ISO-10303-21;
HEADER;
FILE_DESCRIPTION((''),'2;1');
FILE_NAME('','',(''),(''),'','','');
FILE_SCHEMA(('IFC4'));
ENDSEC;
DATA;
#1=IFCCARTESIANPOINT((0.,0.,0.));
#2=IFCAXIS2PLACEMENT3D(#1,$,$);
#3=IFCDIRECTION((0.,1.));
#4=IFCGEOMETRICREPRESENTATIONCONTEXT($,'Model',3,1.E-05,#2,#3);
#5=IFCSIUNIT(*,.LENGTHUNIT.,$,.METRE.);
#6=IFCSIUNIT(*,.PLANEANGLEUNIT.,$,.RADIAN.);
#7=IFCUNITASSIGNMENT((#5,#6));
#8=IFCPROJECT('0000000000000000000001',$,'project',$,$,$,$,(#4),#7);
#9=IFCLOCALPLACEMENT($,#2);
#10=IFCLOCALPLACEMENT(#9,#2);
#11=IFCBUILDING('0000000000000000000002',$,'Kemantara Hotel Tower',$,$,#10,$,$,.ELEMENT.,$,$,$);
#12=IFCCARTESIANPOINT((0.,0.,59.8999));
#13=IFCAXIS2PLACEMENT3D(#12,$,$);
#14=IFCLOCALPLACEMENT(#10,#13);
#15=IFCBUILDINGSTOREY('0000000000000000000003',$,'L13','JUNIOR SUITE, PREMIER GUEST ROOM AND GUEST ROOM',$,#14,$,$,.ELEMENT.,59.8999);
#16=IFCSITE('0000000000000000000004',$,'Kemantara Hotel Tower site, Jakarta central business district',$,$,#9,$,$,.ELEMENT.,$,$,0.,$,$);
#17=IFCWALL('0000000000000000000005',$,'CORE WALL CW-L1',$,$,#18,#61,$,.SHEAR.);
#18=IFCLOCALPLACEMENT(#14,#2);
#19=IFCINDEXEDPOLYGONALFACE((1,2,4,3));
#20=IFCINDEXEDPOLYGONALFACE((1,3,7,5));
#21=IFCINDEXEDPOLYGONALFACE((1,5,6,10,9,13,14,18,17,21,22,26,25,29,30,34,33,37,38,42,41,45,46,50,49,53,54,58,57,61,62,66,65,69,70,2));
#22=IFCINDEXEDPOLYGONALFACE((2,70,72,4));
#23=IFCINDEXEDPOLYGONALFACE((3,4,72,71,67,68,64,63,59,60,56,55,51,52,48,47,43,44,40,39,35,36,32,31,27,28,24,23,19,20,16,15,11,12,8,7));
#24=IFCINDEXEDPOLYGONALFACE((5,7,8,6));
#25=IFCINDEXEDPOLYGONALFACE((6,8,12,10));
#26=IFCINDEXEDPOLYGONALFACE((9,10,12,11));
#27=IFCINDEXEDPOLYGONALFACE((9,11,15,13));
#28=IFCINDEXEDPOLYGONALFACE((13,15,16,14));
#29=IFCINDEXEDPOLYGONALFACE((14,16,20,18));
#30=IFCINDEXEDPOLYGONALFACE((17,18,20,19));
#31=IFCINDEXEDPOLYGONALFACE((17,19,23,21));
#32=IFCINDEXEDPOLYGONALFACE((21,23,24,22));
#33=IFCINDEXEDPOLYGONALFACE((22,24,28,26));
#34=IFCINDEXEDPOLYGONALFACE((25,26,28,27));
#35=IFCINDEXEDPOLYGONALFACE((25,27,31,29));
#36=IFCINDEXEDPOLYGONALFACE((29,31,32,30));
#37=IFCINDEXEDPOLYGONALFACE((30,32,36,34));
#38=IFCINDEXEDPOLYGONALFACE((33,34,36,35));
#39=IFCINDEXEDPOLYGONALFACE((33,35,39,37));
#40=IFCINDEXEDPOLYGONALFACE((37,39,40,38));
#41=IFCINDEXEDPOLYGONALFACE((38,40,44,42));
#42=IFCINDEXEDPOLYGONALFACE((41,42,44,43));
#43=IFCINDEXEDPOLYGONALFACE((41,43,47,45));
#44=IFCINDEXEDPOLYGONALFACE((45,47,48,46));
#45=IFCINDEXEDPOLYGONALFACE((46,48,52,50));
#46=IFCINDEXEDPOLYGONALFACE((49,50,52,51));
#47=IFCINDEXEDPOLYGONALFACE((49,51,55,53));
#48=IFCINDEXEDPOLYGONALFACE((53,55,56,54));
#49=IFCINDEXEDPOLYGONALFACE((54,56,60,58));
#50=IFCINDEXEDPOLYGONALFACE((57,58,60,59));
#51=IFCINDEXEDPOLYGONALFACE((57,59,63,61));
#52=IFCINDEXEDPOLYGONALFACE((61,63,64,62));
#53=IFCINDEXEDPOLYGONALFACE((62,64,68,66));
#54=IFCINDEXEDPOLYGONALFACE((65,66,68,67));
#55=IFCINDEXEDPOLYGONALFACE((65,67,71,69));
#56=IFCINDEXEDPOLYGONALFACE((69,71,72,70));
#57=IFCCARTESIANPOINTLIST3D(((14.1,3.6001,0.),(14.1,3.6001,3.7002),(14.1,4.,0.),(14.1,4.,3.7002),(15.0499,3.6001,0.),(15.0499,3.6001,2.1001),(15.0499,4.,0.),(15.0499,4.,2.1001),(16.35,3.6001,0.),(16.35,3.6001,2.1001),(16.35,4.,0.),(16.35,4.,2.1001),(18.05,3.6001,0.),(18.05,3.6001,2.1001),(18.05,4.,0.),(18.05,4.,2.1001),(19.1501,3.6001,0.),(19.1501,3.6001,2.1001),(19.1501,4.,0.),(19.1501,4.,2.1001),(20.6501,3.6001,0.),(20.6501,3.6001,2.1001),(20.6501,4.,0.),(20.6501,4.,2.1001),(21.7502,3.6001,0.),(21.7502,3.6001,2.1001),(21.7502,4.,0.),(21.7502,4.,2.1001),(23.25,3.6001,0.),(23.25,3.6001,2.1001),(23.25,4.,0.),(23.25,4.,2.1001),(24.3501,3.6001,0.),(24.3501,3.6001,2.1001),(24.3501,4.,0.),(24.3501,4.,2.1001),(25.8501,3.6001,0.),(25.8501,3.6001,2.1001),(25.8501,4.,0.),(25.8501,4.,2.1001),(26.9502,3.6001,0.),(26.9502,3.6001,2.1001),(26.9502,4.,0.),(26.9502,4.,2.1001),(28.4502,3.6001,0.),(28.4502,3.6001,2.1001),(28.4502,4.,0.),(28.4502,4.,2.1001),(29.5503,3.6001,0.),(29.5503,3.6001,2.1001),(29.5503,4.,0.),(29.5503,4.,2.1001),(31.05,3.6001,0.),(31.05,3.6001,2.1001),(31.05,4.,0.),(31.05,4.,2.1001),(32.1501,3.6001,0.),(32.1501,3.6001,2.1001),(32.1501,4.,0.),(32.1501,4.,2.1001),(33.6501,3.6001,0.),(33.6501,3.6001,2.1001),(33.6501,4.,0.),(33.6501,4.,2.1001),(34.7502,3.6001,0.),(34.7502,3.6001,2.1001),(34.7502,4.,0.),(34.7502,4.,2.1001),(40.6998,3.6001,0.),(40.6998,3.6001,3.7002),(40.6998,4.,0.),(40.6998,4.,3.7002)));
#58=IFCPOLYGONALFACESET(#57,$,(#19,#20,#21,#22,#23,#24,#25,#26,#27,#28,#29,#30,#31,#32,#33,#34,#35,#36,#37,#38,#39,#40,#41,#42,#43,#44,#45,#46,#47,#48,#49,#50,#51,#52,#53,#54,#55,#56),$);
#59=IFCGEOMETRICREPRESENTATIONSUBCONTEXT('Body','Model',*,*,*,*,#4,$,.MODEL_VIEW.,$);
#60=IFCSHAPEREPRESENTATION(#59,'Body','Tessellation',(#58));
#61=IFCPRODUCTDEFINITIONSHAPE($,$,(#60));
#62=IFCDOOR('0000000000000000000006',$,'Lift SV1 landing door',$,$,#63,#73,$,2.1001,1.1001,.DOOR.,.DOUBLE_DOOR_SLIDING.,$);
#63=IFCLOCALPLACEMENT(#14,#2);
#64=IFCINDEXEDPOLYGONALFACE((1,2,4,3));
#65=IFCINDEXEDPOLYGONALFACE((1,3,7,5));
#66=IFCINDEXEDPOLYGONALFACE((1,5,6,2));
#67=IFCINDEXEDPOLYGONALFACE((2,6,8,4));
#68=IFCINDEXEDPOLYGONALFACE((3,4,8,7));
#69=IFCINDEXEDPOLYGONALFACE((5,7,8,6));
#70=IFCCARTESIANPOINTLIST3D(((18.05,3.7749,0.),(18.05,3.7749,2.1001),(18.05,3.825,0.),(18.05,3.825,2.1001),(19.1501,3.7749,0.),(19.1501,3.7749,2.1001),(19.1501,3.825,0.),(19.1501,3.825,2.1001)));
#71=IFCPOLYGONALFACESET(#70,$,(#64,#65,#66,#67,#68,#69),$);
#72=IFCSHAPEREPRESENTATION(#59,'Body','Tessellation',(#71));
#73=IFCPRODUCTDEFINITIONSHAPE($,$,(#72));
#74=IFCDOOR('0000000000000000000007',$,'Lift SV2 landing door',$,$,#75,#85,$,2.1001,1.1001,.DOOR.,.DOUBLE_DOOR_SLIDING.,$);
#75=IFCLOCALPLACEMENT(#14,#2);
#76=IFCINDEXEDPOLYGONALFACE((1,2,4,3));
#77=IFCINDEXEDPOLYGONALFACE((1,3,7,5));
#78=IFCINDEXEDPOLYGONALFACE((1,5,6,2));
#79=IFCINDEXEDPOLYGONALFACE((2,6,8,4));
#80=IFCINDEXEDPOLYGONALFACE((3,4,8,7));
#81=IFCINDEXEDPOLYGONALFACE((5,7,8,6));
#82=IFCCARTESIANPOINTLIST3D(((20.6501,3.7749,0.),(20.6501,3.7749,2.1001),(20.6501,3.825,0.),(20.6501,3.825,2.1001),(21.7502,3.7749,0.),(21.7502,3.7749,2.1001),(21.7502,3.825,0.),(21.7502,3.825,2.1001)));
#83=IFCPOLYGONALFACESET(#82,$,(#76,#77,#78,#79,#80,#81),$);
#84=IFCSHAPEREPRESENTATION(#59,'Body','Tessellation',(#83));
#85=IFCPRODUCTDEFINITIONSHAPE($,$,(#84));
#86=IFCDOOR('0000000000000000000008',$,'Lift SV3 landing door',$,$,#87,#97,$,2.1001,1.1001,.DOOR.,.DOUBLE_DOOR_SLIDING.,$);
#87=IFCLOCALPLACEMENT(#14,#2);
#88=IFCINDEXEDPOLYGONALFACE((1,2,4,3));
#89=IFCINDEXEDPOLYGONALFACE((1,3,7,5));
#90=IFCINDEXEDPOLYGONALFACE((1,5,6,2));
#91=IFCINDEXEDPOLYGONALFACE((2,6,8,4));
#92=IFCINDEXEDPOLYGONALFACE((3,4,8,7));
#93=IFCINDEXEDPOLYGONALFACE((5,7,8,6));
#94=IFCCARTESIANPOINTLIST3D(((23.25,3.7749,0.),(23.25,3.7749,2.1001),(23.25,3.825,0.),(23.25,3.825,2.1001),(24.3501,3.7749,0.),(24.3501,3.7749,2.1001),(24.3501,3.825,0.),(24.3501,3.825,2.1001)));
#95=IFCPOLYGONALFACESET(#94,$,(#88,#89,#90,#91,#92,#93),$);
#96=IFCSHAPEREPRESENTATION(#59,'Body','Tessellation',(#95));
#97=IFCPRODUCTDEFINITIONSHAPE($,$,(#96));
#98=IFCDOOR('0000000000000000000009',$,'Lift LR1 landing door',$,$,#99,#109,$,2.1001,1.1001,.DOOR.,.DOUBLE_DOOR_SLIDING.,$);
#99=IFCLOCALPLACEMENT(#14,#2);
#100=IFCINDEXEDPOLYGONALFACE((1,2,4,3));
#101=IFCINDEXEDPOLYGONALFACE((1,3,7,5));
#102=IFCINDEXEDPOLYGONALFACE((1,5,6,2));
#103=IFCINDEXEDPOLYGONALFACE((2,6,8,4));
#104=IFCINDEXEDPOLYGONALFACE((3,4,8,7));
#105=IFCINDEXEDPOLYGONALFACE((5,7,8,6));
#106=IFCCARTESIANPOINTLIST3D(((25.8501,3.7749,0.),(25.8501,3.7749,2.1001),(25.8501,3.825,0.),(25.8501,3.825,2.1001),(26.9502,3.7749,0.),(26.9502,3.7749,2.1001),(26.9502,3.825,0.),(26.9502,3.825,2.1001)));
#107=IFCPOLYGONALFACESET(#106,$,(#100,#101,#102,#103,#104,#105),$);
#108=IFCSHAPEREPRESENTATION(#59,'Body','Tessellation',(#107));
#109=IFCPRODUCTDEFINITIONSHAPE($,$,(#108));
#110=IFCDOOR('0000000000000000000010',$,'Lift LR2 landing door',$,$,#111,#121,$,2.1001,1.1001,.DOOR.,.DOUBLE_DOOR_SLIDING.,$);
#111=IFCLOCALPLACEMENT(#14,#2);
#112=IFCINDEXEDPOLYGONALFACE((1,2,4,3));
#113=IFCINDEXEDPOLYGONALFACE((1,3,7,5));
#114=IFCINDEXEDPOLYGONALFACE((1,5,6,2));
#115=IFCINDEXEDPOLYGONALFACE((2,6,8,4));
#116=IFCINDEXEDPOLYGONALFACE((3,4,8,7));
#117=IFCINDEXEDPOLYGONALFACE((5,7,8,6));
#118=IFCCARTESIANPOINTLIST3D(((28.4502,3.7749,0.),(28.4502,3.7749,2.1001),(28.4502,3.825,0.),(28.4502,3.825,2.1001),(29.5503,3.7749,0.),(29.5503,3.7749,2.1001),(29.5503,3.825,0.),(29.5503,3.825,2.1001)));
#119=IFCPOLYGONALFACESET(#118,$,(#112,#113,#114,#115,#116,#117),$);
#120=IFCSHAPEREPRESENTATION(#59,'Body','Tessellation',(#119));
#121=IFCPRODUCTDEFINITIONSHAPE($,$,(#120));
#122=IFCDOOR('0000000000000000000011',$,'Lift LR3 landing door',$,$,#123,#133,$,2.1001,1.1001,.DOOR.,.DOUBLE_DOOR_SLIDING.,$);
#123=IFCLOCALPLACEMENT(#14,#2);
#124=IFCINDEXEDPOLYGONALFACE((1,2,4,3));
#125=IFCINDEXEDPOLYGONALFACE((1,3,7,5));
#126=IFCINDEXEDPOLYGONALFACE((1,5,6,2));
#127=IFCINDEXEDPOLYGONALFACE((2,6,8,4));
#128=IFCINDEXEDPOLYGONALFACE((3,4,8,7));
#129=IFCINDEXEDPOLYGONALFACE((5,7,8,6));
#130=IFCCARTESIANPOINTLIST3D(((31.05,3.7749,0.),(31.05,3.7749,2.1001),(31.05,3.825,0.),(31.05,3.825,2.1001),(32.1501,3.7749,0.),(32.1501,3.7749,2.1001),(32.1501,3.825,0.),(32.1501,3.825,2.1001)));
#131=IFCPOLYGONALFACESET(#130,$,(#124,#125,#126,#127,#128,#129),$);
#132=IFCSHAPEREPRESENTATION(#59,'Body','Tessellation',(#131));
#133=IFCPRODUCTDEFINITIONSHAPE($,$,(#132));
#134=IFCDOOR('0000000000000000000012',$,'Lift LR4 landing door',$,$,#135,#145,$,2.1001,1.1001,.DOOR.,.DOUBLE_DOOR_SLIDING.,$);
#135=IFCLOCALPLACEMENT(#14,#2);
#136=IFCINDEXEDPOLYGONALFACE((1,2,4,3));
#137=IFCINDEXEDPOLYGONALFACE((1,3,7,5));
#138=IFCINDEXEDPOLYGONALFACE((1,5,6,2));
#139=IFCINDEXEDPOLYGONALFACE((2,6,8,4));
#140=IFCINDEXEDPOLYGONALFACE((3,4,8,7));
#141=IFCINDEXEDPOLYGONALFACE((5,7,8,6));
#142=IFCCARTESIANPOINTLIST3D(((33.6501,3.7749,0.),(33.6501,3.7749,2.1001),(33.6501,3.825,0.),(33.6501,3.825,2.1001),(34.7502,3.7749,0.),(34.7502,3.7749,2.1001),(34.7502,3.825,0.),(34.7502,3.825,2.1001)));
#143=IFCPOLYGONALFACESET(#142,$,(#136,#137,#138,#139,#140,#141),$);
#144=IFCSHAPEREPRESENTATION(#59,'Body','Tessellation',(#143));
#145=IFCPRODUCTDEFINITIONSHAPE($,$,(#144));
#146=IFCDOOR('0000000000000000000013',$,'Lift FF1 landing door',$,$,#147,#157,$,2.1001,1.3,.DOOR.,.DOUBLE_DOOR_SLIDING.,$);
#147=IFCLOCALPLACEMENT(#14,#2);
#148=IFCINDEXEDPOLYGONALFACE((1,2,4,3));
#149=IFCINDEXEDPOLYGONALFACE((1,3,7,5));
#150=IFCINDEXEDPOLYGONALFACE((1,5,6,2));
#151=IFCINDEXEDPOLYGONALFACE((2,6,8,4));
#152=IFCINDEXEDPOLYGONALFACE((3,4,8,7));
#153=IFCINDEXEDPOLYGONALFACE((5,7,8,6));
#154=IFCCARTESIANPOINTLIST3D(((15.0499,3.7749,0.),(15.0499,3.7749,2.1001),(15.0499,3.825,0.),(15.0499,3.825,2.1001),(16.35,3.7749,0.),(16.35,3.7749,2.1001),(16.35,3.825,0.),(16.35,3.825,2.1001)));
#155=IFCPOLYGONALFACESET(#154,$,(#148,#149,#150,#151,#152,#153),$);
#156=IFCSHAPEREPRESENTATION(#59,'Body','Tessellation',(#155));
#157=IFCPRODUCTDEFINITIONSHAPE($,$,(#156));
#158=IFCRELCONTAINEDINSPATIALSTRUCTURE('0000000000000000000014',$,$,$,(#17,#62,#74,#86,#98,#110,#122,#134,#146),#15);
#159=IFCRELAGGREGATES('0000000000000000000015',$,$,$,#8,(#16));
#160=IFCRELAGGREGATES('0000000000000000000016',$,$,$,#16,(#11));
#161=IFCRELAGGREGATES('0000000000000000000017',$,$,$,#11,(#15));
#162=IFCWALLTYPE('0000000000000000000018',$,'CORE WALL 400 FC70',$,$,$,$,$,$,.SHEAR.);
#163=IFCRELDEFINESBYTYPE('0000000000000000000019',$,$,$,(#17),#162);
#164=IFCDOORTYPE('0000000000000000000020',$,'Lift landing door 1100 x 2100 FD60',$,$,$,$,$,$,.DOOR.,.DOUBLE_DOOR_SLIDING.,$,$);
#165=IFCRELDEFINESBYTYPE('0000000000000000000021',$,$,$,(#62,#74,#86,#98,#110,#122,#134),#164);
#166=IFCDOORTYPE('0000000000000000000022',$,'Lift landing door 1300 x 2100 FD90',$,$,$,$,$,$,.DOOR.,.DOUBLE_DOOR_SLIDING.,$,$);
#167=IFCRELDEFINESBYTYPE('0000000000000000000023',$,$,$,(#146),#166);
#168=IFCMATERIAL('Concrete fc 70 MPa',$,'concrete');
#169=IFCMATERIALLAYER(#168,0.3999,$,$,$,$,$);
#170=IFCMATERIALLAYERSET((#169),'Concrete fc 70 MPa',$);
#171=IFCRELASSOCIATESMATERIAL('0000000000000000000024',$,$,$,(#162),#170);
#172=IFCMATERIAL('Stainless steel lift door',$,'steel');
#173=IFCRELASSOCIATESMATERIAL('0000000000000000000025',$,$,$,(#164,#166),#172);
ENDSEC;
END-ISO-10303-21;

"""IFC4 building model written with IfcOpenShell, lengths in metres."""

from ifc_helpers import new_model, si_unit, direction, frame, frame_2d, origin, place, context, subcontext, project, spatial, rectangle, extrude, material, layer, layer_set, type_object, element, fill, save


model = new_model("IFC4")

# Units and contexts
model_context = context("Model", 3, precision=1e-05, world=origin(), true_north=direction((0.0, 1.0)))
body_context = subcontext(model_context, "Body", "Model", "MODEL_VIEW")
ifc_project = project(units=[si_unit("LENGTHUNIT", "METRE"), si_unit("PLANEANGLEUNIT", "RADIAN")], contexts=[model_context])

# Site, building, storey
site_placement = place(None, origin())
site = spatial("IfcSite", under=ifc_project, at=site_placement, Name="Kemantara Hotel Tower site, Jakarta central business district", CompositionType="ELEMENT", RefElevation=0.0)
building_placement = place(site_placement, origin())
building = spatial("IfcBuilding", under=site, at=building_placement, Name="Kemantara Hotel Tower", CompositionType="ELEMENT")
storey_placement = place(building_placement, frame((0.0, 0.0, 59.8999)))
storey = spatial("IfcBuildingStorey", under=building, at=storey_placement, Name="L13", Description="JUNIOR SUITE, PREMIER GUEST ROOM AND GUEST ROOM", CompositionType="ELEMENT", Elevation=59.8999)

# Shared definitions
ifc_material_1 = material(Name="Concrete fc 70 MPa", Category="concrete")

# Shared definitions
ifc_layer_1 = layer(ifc_material_1, 0.3999)
ifc_layer_set_1 = layer_set([ifc_layer_1], Name="Concrete fc 70 MPa")
wall_type_1 = type_object("IfcWallType", Name="CORE WALL 400 FC70", PredefinedType="SHEAR", material=ifc_layer_set_1)

# Wall, openings, doors
wall_1_placement = place(storey_placement, frame((14.1001, 3.8, 0.0), z_axis=(0.0, 0.0, 1.0), x_axis=(1.0, 0.0, 0.0)))
wall_1 = element("IfcWall", 1, at=wall_1_placement, inside=storey, type_object=wall_type_1, Name="CORE WALL CW-L1", PredefinedType="SHEAR", context=body_context, shape_type="SweptSolid", body=[
    extrude(rectangle(XDim=26.5999, YDim=0.3999, at=frame_2d((13.2998, 0.0))), origin(), (0.0, 0.0, 1.0), 3.7002),
])
opening_1_placement = place(wall_1_placement, frame((0.95, 0.0, 0.0)))
opening_1 = element("IfcOpeningElement", 2, at=opening_1_placement, cuts=wall_1, PredefinedType="OPENING", context=body_context, shape_type="SweptSolid", body=[
    extrude(rectangle(XDim=1.3, YDim=2.1001, at=frame_2d((0.6499, 1.05))), frame((0.0, 0.21, 0.0), z_axis=(0.0, -1.0, 0.0), x_axis=(1.0, 0.0, 0.0)), (0.0, 0.0, 1.0), 0.4199),
])
opening_2_placement = place(wall_1_placement, frame((3.95, 0.0, 0.0)))
opening_2 = element("IfcOpeningElement", 3, at=opening_2_placement, cuts=wall_1, PredefinedType="OPENING", context=body_context, shape_type="SweptSolid", body=[
    extrude(rectangle(XDim=1.1001, YDim=2.1001, at=frame_2d((0.55, 1.05))), frame((0.0, 0.21, 0.0), z_axis=(0.0, -1.0, 0.0), x_axis=(1.0, 0.0, 0.0)), (0.0, 0.0, 1.0), 0.4199),
])
opening_3_placement = place(wall_1_placement, frame((6.55, 0.0, 0.0)))
opening_3 = element("IfcOpeningElement", 4, at=opening_3_placement, cuts=wall_1, PredefinedType="OPENING", context=body_context, shape_type="SweptSolid", body=[
    extrude(rectangle(XDim=1.1001, YDim=2.1001, at=frame_2d((0.55, 1.05))), frame((0.0, 0.21, 0.0), z_axis=(0.0, -1.0, 0.0), x_axis=(1.0, 0.0, 0.0)), (0.0, 0.0, 1.0), 0.4199),
])
opening_4_placement = place(wall_1_placement, frame((9.1499, 0.0, 0.0)))
opening_4 = element("IfcOpeningElement", 5, at=opening_4_placement, cuts=wall_1, PredefinedType="OPENING", context=body_context, shape_type="SweptSolid", body=[
    extrude(rectangle(XDim=1.1001, YDim=2.1001, at=frame_2d((0.55, 1.05))), frame((0.0, 0.21, 0.0), z_axis=(0.0, -1.0, 0.0), x_axis=(1.0, 0.0, 0.0)), (0.0, 0.0, 1.0), 0.4199),
])
opening_5_placement = place(wall_1_placement, frame((11.75, 0.0, 0.0)))
opening_5 = element("IfcOpeningElement", 6, at=opening_5_placement, cuts=wall_1, PredefinedType="OPENING", context=body_context, shape_type="SweptSolid", body=[
    extrude(rectangle(XDim=1.1001, YDim=2.1001, at=frame_2d((0.55, 1.05))), frame((0.0, 0.21, 0.0), z_axis=(0.0, -1.0, 0.0), x_axis=(1.0, 0.0, 0.0)), (0.0, 0.0, 1.0), 0.4199),
])
opening_6_placement = place(wall_1_placement, frame((14.3501, 0.0, 0.0)))
opening_6 = element("IfcOpeningElement", 7, at=opening_6_placement, cuts=wall_1, PredefinedType="OPENING", context=body_context, shape_type="SweptSolid", body=[
    extrude(rectangle(XDim=1.1001, YDim=2.1001, at=frame_2d((0.55, 1.05))), frame((0.0, 0.21, 0.0), z_axis=(0.0, -1.0, 0.0), x_axis=(1.0, 0.0, 0.0)), (0.0, 0.0, 1.0), 0.4199),
])
opening_7_placement = place(wall_1_placement, frame((16.95, 0.0, 0.0)))
opening_7 = element("IfcOpeningElement", 8, at=opening_7_placement, cuts=wall_1, PredefinedType="OPENING", context=body_context, shape_type="SweptSolid", body=[
    extrude(rectangle(XDim=1.1001, YDim=2.1001, at=frame_2d((0.55, 1.05))), frame((0.0, 0.21, 0.0), z_axis=(0.0, -1.0, 0.0), x_axis=(1.0, 0.0, 0.0)), (0.0, 0.0, 1.0), 0.4199),
])
opening_8_placement = place(wall_1_placement, frame((19.55, 0.0, 0.0)))
opening_8 = element("IfcOpeningElement", 9, at=opening_8_placement, cuts=wall_1, PredefinedType="OPENING", context=body_context, shape_type="SweptSolid", body=[
    extrude(rectangle(XDim=1.1001, YDim=2.1001, at=frame_2d((0.55, 1.05))), frame((0.0, 0.21, 0.0), z_axis=(0.0, -1.0, 0.0), x_axis=(1.0, 0.0, 0.0)), (0.0, 0.0, 1.0), 0.4199),
])
ifc_material_2 = material(Name="Stainless steel lift door", Category="steel")
door_type_1 = type_object("IfcDoorType", Name="Lift landing door 1100 x 2100 FD60", OperationType="DOUBLE_DOOR_SLIDING", PredefinedType="DOOR", material=ifc_material_2)
door_1_placement = place(opening_2_placement, origin())
door_1 = element("IfcDoor", 10, at=door_1_placement, inside=storey, type_object=door_type_1, Name="Lift SV1 landing door", OperationType="DOUBLE_DOOR_SLIDING", OverallHeight=2.1001, OverallWidth=1.1001, PredefinedType="DOOR", context=body_context, shape_type="SweptSolid", body=[
    extrude(rectangle(XDim=1.1001, YDim=2.1001, at=frame_2d((0.55, 1.05))), frame((0.0, 0.0249, 0.0), z_axis=(0.0, -1.0, 0.0), x_axis=(1.0, 0.0, 0.0)), (0.0, 0.0, 1.0), 0.05),
])
fill(opening_2, door_1)
door_2_placement = place(opening_3_placement, origin())
door_2 = element("IfcDoor", 11, at=door_2_placement, inside=storey, type_object=door_type_1, Name="Lift SV2 landing door", OperationType="DOUBLE_DOOR_SLIDING", OverallHeight=2.1001, OverallWidth=1.1001, PredefinedType="DOOR", context=body_context, shape_type="SweptSolid", body=[
    extrude(rectangle(XDim=1.1001, YDim=2.1001, at=frame_2d((0.55, 1.05))), frame((0.0, 0.0249, 0.0), z_axis=(0.0, -1.0, 0.0), x_axis=(1.0, 0.0, 0.0)), (0.0, 0.0, 1.0), 0.05),
])
fill(opening_3, door_2)
door_3_placement = place(opening_4_placement, origin())
door_3 = element("IfcDoor", 12, at=door_3_placement, inside=storey, type_object=door_type_1, Name="Lift SV3 landing door", OperationType="DOUBLE_DOOR_SLIDING", OverallHeight=2.1001, OverallWidth=1.1001, PredefinedType="DOOR", context=body_context, shape_type="SweptSolid", body=[
    extrude(rectangle(XDim=1.1001, YDim=2.1001, at=frame_2d((0.55, 1.05))), frame((0.0, 0.0249, 0.0), z_axis=(0.0, -1.0, 0.0), x_axis=(1.0, 0.0, 0.0)), (0.0, 0.0, 1.0), 0.05),
])
fill(opening_4, door_3)
door_4_placement = place(opening_5_placement, origin())
door_4 = element("IfcDoor", 13, at=door_4_placement, inside=storey, type_object=door_type_1, Name="Lift LR1 landing door", OperationType="DOUBLE_DOOR_SLIDING", OverallHeight=2.1001, OverallWidth=1.1001, PredefinedType="DOOR", context=body_context, shape_type="SweptSolid", body=[
    extrude(rectangle(XDim=1.1001, YDim=2.1001, at=frame_2d((0.55, 1.05))), frame((0.0, 0.0249, 0.0), z_axis=(0.0, -1.0, 0.0), x_axis=(1.0, 0.0, 0.0)), (0.0, 0.0, 1.0), 0.05),
])
fill(opening_5, door_4)
door_5_placement = place(opening_6_placement, origin())
door_5 = element("IfcDoor", 14, at=door_5_placement, inside=storey, type_object=door_type_1, Name="Lift LR2 landing door", OperationType="DOUBLE_DOOR_SLIDING", OverallHeight=2.1001, OverallWidth=1.1001, PredefinedType="DOOR", context=body_context, shape_type="SweptSolid", body=[
    extrude(rectangle(XDim=1.1001, YDim=2.1001, at=frame_2d((0.55, 1.05))), frame((0.0, 0.0249, 0.0), z_axis=(0.0, -1.0, 0.0), x_axis=(1.0, 0.0, 0.0)), (0.0, 0.0, 1.0), 0.05),
])
fill(opening_6, door_5)
door_6_placement = place(opening_7_placement, origin())
door_6 = element("IfcDoor", 15, at=door_6_placement, inside=storey, type_object=door_type_1, Name="Lift LR3 landing door", OperationType="DOUBLE_DOOR_SLIDING", OverallHeight=2.1001, OverallWidth=1.1001, PredefinedType="DOOR", context=body_context, shape_type="SweptSolid", body=[
    extrude(rectangle(XDim=1.1001, YDim=2.1001, at=frame_2d((0.55, 1.05))), frame((0.0, 0.0249, 0.0), z_axis=(0.0, -1.0, 0.0), x_axis=(1.0, 0.0, 0.0)), (0.0, 0.0, 1.0), 0.05),
])
fill(opening_7, door_6)
door_7_placement = place(opening_8_placement, origin())
door_7 = element("IfcDoor", 16, at=door_7_placement, inside=storey, type_object=door_type_1, Name="Lift LR4 landing door", OperationType="DOUBLE_DOOR_SLIDING", OverallHeight=2.1001, OverallWidth=1.1001, PredefinedType="DOOR", context=body_context, shape_type="SweptSolid", body=[
    extrude(rectangle(XDim=1.1001, YDim=2.1001, at=frame_2d((0.55, 1.05))), frame((0.0, 0.0249, 0.0), z_axis=(0.0, -1.0, 0.0), x_axis=(1.0, 0.0, 0.0)), (0.0, 0.0, 1.0), 0.05),
])
fill(opening_8, door_7)
door_type_2 = type_object("IfcDoorType", Name="Lift landing door 1300 x 2100 FD90", OperationType="DOUBLE_DOOR_SLIDING", PredefinedType="DOOR", material=ifc_material_2)
door_8_placement = place(opening_1_placement, origin())
door_8 = element("IfcDoor", 17, at=door_8_placement, inside=storey, type_object=door_type_2, Name="Lift FF1 landing door", OperationType="DOUBLE_DOOR_SLIDING", OverallHeight=2.1001, OverallWidth=1.3, PredefinedType="DOOR", context=body_context, shape_type="SweptSolid", body=[
    extrude(rectangle(XDim=1.3, YDim=2.1001, at=frame_2d((0.6499, 1.05))), frame((0.0, 0.0249, 0.0), z_axis=(0.0, -1.0, 0.0), x_axis=(1.0, 0.0, 0.0)), (0.0, 0.0, 1.0), 0.05),
])
fill(opening_1, door_8)

save(model, "model.ifc")
